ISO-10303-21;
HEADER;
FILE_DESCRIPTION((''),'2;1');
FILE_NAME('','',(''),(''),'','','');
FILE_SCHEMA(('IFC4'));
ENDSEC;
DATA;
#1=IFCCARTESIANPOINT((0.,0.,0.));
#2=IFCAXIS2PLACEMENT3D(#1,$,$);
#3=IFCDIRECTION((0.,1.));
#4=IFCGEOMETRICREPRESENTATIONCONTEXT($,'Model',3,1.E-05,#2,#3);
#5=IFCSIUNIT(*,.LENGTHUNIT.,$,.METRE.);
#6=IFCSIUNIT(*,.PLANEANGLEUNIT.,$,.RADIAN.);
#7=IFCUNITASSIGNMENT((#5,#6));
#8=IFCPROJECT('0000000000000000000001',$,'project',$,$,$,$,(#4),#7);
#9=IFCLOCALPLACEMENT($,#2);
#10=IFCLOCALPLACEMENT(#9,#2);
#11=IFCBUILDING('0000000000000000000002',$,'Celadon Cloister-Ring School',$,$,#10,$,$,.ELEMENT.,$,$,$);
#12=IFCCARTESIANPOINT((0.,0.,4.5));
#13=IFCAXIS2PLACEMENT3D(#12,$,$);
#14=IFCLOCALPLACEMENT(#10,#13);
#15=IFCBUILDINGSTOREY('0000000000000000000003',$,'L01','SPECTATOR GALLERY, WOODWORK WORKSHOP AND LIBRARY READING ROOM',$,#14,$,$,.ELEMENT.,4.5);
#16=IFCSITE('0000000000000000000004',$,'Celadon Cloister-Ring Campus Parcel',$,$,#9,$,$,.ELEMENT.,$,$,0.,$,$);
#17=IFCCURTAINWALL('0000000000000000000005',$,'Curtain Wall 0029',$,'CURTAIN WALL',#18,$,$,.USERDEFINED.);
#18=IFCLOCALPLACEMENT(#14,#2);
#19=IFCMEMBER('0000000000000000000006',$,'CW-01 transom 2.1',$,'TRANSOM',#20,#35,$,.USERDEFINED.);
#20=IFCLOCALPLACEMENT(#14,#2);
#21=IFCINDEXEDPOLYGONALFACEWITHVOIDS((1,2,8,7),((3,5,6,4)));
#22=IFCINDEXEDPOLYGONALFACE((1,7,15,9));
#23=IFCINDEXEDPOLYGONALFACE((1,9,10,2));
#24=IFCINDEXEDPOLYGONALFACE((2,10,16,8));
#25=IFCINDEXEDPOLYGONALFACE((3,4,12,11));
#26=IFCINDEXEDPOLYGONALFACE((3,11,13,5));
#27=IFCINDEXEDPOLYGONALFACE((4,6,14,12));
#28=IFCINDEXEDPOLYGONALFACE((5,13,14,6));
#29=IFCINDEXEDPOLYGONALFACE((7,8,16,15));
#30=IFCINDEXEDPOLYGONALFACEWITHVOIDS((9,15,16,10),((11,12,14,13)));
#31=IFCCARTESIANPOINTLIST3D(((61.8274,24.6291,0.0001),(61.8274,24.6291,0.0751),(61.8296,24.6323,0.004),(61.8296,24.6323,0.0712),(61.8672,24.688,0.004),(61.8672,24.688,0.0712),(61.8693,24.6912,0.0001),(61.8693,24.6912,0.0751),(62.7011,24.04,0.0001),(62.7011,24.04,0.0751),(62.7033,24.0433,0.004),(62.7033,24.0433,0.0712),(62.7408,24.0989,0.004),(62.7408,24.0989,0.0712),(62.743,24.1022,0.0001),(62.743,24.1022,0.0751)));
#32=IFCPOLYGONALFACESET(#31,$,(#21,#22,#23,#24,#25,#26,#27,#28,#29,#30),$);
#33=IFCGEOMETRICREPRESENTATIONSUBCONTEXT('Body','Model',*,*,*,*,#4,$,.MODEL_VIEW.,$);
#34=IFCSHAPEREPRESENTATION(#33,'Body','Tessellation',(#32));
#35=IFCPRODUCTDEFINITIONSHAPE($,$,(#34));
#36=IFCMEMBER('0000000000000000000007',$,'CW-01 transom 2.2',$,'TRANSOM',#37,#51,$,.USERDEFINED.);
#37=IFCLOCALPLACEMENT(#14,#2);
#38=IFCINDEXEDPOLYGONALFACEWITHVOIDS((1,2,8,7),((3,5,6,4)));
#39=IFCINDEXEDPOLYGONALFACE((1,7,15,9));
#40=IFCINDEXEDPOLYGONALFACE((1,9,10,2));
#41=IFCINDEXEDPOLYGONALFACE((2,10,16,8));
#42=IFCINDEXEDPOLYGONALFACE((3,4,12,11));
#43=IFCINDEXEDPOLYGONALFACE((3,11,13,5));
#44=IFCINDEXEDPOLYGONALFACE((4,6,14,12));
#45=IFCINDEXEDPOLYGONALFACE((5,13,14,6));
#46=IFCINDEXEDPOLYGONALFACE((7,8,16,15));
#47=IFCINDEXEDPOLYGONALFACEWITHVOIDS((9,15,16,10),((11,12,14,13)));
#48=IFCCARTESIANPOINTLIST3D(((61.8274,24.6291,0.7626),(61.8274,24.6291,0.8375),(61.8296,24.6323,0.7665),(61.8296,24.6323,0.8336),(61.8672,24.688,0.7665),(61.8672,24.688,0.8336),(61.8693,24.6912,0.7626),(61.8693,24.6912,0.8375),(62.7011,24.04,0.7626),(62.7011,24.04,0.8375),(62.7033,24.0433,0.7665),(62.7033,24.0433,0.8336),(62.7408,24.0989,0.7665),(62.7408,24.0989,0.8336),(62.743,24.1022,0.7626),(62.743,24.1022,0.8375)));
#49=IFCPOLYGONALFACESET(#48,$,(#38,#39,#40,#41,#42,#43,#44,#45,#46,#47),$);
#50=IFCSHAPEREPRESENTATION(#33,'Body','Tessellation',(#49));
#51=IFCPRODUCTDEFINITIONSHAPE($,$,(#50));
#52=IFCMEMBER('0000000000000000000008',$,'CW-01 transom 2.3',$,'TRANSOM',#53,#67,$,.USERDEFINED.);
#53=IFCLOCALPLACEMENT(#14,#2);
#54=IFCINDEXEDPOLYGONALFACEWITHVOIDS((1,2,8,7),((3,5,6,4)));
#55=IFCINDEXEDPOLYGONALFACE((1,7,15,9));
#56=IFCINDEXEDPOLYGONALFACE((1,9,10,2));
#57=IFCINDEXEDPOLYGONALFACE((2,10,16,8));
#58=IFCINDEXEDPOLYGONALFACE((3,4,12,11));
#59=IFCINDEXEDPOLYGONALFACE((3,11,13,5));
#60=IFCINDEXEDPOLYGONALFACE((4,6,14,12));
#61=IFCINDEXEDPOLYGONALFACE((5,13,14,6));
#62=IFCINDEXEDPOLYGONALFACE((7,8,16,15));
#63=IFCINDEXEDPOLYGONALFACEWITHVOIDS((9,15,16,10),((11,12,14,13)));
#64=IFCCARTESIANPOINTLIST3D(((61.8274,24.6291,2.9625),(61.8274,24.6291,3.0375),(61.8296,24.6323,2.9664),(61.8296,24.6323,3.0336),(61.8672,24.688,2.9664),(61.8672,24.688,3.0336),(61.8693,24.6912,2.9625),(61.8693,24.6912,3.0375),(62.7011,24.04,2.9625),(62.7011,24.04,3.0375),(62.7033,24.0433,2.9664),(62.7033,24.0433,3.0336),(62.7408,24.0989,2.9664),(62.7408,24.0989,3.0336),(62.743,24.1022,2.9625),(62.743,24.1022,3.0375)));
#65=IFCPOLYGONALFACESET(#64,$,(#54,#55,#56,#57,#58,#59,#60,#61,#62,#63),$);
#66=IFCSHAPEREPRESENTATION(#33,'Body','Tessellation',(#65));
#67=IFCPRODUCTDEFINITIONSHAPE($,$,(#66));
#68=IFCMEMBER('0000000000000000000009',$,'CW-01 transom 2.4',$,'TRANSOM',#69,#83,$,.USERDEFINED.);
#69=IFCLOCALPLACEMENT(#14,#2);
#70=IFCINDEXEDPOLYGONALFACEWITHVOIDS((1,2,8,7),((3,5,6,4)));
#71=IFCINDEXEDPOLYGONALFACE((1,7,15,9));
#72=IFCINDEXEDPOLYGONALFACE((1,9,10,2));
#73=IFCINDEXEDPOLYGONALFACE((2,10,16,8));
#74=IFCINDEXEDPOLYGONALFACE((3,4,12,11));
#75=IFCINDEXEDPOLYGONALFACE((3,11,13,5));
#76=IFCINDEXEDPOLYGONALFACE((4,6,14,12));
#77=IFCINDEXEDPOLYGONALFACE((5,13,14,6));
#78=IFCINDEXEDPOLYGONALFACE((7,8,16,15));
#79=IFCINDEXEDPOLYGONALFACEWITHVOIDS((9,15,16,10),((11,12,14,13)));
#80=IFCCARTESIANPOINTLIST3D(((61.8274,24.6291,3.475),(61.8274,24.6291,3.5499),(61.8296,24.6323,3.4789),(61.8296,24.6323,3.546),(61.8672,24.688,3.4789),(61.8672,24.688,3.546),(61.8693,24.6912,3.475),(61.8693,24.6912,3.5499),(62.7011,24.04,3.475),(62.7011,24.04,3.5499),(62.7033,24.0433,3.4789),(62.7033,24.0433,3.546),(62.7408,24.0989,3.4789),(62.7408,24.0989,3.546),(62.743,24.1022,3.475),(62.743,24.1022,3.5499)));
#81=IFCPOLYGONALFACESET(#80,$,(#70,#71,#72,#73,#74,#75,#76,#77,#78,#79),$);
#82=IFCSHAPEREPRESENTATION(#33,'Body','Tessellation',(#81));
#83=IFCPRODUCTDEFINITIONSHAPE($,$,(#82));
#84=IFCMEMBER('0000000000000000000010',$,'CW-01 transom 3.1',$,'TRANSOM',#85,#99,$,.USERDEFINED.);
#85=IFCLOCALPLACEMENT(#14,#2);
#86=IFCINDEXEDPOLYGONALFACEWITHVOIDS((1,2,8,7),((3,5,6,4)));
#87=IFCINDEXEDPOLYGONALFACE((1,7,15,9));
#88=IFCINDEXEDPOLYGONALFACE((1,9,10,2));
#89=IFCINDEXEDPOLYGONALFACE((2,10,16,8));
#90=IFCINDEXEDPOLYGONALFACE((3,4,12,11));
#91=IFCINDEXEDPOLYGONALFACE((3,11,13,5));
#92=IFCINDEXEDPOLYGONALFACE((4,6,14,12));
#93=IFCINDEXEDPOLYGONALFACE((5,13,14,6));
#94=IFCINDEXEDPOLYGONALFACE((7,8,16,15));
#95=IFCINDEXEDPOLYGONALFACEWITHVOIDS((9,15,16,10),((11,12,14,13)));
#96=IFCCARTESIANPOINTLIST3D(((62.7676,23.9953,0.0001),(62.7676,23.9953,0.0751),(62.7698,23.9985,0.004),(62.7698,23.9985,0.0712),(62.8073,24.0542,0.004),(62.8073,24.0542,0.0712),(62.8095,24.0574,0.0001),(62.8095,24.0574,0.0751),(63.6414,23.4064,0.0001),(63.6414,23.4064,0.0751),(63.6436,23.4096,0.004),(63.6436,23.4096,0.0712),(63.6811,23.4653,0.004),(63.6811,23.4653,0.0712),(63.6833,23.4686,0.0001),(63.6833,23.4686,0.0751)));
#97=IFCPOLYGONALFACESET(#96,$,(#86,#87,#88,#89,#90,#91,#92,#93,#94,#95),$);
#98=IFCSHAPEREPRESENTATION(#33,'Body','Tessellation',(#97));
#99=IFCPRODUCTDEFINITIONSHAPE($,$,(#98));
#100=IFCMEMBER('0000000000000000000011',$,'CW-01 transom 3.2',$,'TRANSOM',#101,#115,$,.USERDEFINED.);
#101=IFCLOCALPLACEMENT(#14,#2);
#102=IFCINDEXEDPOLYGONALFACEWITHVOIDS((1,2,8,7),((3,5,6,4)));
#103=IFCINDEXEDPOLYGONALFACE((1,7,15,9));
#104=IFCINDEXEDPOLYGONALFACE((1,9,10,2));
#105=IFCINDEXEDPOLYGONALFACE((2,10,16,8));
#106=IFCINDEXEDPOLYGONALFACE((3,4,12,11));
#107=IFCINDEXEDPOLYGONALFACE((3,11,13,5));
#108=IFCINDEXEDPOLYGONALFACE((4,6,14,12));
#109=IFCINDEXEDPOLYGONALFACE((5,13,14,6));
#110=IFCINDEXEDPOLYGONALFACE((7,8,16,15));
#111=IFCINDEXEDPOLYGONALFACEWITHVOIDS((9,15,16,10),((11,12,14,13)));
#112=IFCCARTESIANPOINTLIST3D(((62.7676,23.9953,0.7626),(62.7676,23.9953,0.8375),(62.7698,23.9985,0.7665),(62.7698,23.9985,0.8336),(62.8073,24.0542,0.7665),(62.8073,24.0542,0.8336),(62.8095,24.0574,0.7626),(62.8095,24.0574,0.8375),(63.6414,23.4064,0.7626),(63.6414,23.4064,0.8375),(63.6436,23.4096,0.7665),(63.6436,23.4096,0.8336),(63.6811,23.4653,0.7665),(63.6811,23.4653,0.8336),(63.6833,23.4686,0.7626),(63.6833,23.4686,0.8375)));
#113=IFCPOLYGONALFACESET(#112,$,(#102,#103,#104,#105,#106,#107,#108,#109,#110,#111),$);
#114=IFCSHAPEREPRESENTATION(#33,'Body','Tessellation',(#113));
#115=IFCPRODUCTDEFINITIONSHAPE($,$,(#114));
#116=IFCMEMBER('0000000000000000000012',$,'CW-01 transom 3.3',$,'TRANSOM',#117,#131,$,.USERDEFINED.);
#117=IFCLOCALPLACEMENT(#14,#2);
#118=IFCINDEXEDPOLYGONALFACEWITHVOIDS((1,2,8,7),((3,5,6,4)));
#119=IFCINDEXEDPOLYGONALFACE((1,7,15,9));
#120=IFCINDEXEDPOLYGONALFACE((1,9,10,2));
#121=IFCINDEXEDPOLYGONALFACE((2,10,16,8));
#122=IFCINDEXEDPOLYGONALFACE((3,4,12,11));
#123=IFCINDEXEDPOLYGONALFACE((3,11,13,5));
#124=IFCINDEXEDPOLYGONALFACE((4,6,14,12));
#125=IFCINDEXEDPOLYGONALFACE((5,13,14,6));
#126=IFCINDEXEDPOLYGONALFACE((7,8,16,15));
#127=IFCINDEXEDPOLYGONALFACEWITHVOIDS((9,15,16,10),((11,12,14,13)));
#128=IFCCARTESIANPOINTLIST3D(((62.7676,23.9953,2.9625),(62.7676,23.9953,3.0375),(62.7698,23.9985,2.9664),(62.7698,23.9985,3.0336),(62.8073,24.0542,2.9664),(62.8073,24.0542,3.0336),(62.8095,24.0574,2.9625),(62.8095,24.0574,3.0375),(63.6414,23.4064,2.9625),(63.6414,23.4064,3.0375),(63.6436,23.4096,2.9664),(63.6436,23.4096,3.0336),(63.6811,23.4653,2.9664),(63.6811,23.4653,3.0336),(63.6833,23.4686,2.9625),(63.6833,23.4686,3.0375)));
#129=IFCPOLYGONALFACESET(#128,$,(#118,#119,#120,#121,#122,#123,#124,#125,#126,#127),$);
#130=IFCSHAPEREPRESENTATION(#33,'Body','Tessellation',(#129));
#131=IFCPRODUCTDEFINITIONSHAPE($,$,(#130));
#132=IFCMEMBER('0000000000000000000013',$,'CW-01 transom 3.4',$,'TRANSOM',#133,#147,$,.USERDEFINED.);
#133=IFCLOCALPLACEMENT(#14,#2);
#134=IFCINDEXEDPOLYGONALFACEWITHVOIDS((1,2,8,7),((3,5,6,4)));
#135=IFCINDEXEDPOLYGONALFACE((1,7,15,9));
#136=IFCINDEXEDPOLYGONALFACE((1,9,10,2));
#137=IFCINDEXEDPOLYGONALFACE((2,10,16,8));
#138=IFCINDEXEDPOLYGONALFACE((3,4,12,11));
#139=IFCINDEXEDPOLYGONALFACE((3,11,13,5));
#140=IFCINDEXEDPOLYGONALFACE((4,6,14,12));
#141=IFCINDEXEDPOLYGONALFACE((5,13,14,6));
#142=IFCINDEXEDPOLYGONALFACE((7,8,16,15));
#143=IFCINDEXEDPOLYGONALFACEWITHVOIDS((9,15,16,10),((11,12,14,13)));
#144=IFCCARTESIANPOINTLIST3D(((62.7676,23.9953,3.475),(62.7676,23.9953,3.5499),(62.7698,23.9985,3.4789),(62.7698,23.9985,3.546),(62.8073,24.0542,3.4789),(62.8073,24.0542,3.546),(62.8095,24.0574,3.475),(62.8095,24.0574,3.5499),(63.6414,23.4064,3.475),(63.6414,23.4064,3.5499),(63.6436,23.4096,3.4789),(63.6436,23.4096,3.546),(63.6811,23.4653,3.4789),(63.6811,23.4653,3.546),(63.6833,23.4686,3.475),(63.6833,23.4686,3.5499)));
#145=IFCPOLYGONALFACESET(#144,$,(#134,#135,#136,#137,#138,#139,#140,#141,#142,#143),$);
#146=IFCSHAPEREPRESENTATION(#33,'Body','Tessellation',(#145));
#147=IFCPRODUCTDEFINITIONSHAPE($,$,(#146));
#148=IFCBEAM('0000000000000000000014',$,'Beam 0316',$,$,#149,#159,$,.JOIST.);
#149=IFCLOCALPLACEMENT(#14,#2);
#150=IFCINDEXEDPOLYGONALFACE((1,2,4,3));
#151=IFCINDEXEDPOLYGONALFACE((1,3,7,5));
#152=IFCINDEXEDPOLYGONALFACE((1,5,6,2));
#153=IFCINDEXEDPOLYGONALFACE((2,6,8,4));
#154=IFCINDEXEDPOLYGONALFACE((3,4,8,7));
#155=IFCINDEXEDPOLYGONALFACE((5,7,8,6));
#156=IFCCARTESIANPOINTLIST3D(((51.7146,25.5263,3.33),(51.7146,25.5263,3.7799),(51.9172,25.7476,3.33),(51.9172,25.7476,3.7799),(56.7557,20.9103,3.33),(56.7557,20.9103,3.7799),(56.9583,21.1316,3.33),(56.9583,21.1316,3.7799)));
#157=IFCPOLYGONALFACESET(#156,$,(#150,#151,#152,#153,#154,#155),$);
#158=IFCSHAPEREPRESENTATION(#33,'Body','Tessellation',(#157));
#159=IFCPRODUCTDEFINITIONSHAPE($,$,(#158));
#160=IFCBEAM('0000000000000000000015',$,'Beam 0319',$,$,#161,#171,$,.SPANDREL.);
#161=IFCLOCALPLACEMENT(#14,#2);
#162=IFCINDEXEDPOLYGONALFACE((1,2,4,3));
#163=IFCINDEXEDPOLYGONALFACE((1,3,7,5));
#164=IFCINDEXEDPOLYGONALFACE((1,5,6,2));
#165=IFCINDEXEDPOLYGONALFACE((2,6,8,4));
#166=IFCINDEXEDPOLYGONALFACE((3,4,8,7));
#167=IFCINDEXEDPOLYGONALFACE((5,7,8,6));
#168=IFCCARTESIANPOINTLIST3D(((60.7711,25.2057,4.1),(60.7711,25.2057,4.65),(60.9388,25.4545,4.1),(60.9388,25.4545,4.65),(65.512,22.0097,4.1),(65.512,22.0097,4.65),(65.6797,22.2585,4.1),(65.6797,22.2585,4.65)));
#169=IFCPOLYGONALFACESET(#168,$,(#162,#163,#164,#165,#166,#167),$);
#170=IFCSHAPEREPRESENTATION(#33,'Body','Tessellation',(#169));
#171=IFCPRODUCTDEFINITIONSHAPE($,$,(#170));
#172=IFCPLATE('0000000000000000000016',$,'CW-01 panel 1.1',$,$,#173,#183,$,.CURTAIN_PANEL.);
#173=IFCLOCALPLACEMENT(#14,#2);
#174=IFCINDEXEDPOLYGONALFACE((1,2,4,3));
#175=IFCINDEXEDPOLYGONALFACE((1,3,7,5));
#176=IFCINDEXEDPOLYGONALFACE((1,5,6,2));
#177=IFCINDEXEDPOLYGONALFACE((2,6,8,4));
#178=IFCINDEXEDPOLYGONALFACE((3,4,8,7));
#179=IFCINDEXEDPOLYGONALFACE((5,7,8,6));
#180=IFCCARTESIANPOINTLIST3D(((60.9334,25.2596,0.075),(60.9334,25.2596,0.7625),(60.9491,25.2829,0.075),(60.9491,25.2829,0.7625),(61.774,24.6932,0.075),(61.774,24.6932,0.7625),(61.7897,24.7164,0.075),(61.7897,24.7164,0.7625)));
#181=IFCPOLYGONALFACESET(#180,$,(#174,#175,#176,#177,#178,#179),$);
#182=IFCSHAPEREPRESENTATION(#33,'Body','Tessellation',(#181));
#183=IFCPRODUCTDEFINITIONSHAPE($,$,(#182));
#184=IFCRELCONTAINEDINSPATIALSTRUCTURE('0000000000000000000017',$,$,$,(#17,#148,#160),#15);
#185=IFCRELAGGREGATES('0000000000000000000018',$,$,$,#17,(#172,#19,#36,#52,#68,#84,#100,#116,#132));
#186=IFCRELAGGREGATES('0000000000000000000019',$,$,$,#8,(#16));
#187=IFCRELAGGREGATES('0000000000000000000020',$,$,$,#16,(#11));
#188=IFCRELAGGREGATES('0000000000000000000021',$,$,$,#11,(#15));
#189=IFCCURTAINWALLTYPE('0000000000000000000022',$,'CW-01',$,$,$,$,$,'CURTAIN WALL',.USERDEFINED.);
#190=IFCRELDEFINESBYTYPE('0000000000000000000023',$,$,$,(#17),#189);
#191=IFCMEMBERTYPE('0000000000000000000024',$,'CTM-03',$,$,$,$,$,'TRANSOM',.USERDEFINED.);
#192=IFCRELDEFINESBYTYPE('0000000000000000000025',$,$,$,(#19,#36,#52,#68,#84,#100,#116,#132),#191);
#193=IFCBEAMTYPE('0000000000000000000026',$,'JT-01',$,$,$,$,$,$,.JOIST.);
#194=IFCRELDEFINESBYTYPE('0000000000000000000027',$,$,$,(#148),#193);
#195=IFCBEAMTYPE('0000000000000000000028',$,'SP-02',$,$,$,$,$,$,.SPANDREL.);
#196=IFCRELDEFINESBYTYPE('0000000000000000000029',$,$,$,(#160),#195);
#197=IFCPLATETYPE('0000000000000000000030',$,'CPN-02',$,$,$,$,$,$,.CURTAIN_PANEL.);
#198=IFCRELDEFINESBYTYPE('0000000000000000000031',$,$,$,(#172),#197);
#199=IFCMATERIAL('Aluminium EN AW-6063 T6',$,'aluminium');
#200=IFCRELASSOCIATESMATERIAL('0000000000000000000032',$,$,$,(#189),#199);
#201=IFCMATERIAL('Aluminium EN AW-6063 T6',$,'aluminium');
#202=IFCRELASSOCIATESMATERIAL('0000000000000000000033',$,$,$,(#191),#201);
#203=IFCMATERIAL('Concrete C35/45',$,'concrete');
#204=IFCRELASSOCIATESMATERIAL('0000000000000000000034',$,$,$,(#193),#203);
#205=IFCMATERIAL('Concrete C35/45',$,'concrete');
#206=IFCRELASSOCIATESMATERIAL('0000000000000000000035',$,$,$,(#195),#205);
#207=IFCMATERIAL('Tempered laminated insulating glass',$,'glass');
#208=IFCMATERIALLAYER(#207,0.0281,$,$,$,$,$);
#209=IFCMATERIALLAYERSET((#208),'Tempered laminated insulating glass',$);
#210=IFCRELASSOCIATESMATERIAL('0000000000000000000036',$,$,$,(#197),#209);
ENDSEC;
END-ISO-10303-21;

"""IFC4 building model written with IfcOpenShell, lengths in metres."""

from ifc_helpers import new_model, si_unit, direction, frame, origin, origin_2d, place, context, subcontext, project, spatial, rectangle, hollow_rectangle, extrude, material, layer, layer_set, material_profile, profile_set, type_object, element, aggregate, save


model = new_model("IFC4")

# Units and contexts
model_context = context("Model", 3, precision=1e-05, world=origin(), true_north=direction((0.0, 1.0)))
body_context = subcontext(model_context, "Body", "Model", "MODEL_VIEW")
ifc_project = project(units=[si_unit("LENGTHUNIT", "METRE"), si_unit("PLANEANGLEUNIT", "RADIAN")], contexts=[model_context])

# Site, building, storey
site_placement = place(None, origin())
site = spatial("IfcSite", under=ifc_project, at=site_placement, Name="Celadon Cloister-Ring Campus Parcel", CompositionType="ELEMENT", RefElevation=0.0)
building_placement = place(site_placement, origin())
building = spatial("IfcBuilding", under=site, at=building_placement, Name="Celadon Cloister-Ring School", CompositionType="ELEMENT")
storey_placement = place(building_placement, frame((0.0, 0.0, 4.5)))
storey = spatial("IfcBuildingStorey", under=building, at=storey_placement, Name="L01", Description="SPECTATOR GALLERY, WOODWORK WORKSHOP AND LIBRARY READING ROOM", CompositionType="ELEMENT", Elevation=4.5)

# Curtain wall, members
ifc_material_1 = material(Name="Aluminium EN AW-6063 T6", Category="aluminium")
curtain_wall_type = type_object("IfcCurtainWallType", Name="CW-01", ElementType="CURTAIN WALL", PredefinedType="USERDEFINED", material=ifc_material_1)
curtain_wall_placement = place(storey_placement, origin())
curtain_wall = element("IfcCurtainWall", 1, at=curtain_wall_placement, inside=storey, type_object=curtain_wall_type, Name="Curtain Wall 0029", ObjectType="CURTAIN WALL", PredefinedType="USERDEFINED")
ifc_material_2 = material(Name="Aluminium EN AW-6063 T6", Category="aluminium")
ifc_material_profile_1 = material_profile(ifc_material_2, hollow_rectangle(XDim=0.075, YDim=0.075, WallThickness=0.0039, at=origin_2d()), Name="RHS75X75X4")
ifc_profile_set_1 = profile_set([ifc_material_profile_1], Name="Aluminium EN AW-6063 T6")
member_type_1 = type_object("IfcMemberType", Name="CTM-03", ElementType="TRANSOM", PredefinedType="USERDEFINED", material=ifc_profile_set_1)
member_1_placement = place(storey_placement, frame((61.8484, 24.6602, 0.0376), z_axis=(0.829152, -0.559023, 0.0), x_axis=(0.559023, 0.829152, 0.0)))
member_1 = element("IfcMember", 2, at=member_1_placement, type_object=member_type_1, Name="CW-01 transom 2.1", ObjectType="TRANSOM", PredefinedType="USERDEFINED", context=body_context, shape_type="SweptSolid", body=[
    extrude(hollow_rectangle(XDim=0.075, YDim=0.075, WallThickness=0.0039, at=origin_2d()), origin(), (0.0, 0.0, 1.0), 1.0537),
])
member_2_placement = place(storey_placement, frame((61.8484, 24.6602, 0.8), z_axis=(0.829152, -0.559023, 0.0), x_axis=(0.559023, 0.829152, 0.0)))
member_2 = element("IfcMember", 3, at=member_2_placement, type_object=member_type_1, Name="CW-01 transom 2.2", ObjectType="TRANSOM", PredefinedType="USERDEFINED", context=body_context, shape_type="SweptSolid", body=[
    extrude(hollow_rectangle(XDim=0.075, YDim=0.075, WallThickness=0.0039, at=origin_2d()), origin(), (0.0, 0.0, 1.0), 1.0537),
])
member_3_placement = place(storey_placement, frame((61.8484, 24.6602, 3.0), z_axis=(0.829152, -0.559023, 0.0), x_axis=(0.559023, 0.829152, 0.0)))
member_3 = element("IfcMember", 4, at=member_3_placement, type_object=member_type_1, Name="CW-01 transom 2.3", ObjectType="TRANSOM", PredefinedType="USERDEFINED", context=body_context, shape_type="SweptSolid", body=[
    extrude(hollow_rectangle(XDim=0.075, YDim=0.075, WallThickness=0.0039, at=origin_2d()), origin(), (0.0, 0.0, 1.0), 1.0537),
])
member_4_placement = place(storey_placement, frame((61.8484, 24.6602, 3.5125), z_axis=(0.829152, -0.559023, 0.0), x_axis=(0.559023, 0.829152, 0.0)))
member_4 = element("IfcMember", 5, at=member_4_placement, type_object=member_type_1, Name="CW-01 transom 2.4", ObjectType="TRANSOM", PredefinedType="USERDEFINED", context=body_context, shape_type="SweptSolid", body=[
    extrude(hollow_rectangle(XDim=0.075, YDim=0.075, WallThickness=0.0039, at=origin_2d()), origin(), (0.0, 0.0, 1.0), 1.0537),
])
member_5_placement = place(storey_placement, frame((62.7886, 24.0264, 0.0376), z_axis=(0.829259, -0.558864, 0.0), x_axis=(0.558864, 0.829259, 0.0)))
member_5 = element("IfcMember", 6, at=member_5_placement, type_object=member_type_1, Name="CW-01 transom 3.1", ObjectType="TRANSOM", PredefinedType="USERDEFINED", context=body_context, shape_type="SweptSolid", body=[
    extrude(hollow_rectangle(XDim=0.075, YDim=0.075, WallThickness=0.0039, at=origin_2d()), origin(), (0.0, 0.0, 1.0), 1.0537),
])
member_6_placement = place(storey_placement, frame((62.7886, 24.0264, 0.8), z_axis=(0.829259, -0.558864, 0.0), x_axis=(0.558864, 0.829259, 0.0)))
member_6 = element("IfcMember", 7, at=member_6_placement, type_object=member_type_1, Name="CW-01 transom 3.2", ObjectType="TRANSOM", PredefinedType="USERDEFINED", context=body_context, shape_type="SweptSolid", body=[
    extrude(hollow_rectangle(XDim=0.075, YDim=0.075, WallThickness=0.0039, at=origin_2d()), origin(), (0.0, 0.0, 1.0), 1.0537),
])
member_7_placement = place(storey_placement, frame((62.7886, 24.0264, 3.0), z_axis=(0.829259, -0.558864, 0.0), x_axis=(0.558864, 0.829259, 0.0)))
member_7 = element("IfcMember", 8, at=member_7_placement, type_object=member_type_1, Name="CW-01 transom 3.3", ObjectType="TRANSOM", PredefinedType="USERDEFINED", context=body_context, shape_type="SweptSolid", body=[
    extrude(hollow_rectangle(XDim=0.075, YDim=0.075, WallThickness=0.0039, at=origin_2d()), origin(), (0.0, 0.0, 1.0), 1.0537),
])
member_8_placement = place(storey_placement, frame((62.7886, 24.0264, 3.5125), z_axis=(0.829259, -0.558864, 0.0), x_axis=(0.558864, 0.829259, 0.0)))
member_8 = element("IfcMember", 9, at=member_8_placement, type_object=member_type_1, Name="CW-01 transom 3.4", ObjectType="TRANSOM", PredefinedType="USERDEFINED", context=body_context, shape_type="SweptSolid", body=[
    extrude(hollow_rectangle(XDim=0.075, YDim=0.075, WallThickness=0.0039, at=origin_2d()), origin(), (0.0, 0.0, 1.0), 1.0537),
])

# Beams
ifc_material_3 = material(Name="Concrete C35/45", Category="concrete")
ifc_material_profile_2 = material_profile(ifc_material_3, rectangle(XDim=0.3, YDim=0.45, at=origin_2d()), Name="RC300X450")
ifc_profile_set_2 = profile_set([ifc_material_profile_2], Name="Concrete C35/45")
beam_type_1 = type_object("IfcBeamType", Name="JT-01", PredefinedType="JOIST", material=ifc_profile_set_2)
beam_1_placement = place(storey_placement, frame((51.8159, 25.637, 3.5549), z_axis=(0.737516, -0.67533, 0.0), x_axis=(0.67533, 0.737516, 0.0)))
element("IfcBeam", 10, at=beam_1_placement, inside=storey, type_object=beam_type_1, Name="Beam 0316", PredefinedType="JOIST", context=body_context, shape_type="SweptSolid", body=[
    extrude(rectangle(XDim=0.3, YDim=0.45, at=origin_2d()), origin(), (0.0, 0.0, 1.0), 6.8352),
])
ifc_material_4 = material(Name="Concrete C35/45", Category="concrete")
ifc_material_profile_3 = material_profile(ifc_material_4, rectangle(XDim=0.3, YDim=0.55, at=origin_2d()), Name="RC300X550")
ifc_profile_set_3 = profile_set([ifc_material_profile_3], Name="Concrete C35/45")
beam_type_2 = type_object("IfcBeamType", Name="SP-02", PredefinedType="SPANDREL", material=ifc_profile_set_3)
beam_2_placement = place(storey_placement, frame((60.855, 25.3301, 4.375), z_axis=(0.829182, -0.558979, 0.0), x_axis=(0.558979, 0.829182, 0.0)))
element("IfcBeam", 11, at=beam_2_placement, inside=storey, type_object=beam_type_2, Name="Beam 0319", PredefinedType="SPANDREL", context=body_context, shape_type="SweptSolid", body=[
    extrude(rectangle(XDim=0.3, YDim=0.55, at=origin_2d()), origin(), (0.0, 0.0, 1.0), 5.7175),
])

# Plate
ifc_material_5 = material(Name="Tempered laminated insulating glass", Category="glass")
ifc_layer_1 = layer(ifc_material_5, 0.0281)
ifc_layer_set_1 = layer_set([ifc_layer_1], Name="Tempered laminated insulating glass")
plate_type = type_object("IfcPlateType", Name="CPN-02", PredefinedType="CURTAIN_PANEL", material=ifc_layer_set_1)
plate_1_placement = place(storey_placement, frame((61.3616, 24.988, 0.075), z_axis=(0.0, 0.0, 1.0), x_axis=(0.829272, -0.558846, 0.0)))
plate_1 = element("IfcPlate", 12, at=plate_1_placement, type_object=plate_type, Name="CW-01 panel 1.1", PredefinedType="CURTAIN_PANEL", context=body_context, shape_type="SweptSolid", body=[
    extrude(rectangle(XDim=1.0137, YDim=0.0281, at=origin_2d()), origin(), (0.0, 0.0, 1.0), 0.6875),
])
aggregate(curtain_wall, [plate_1, member_1, member_2, member_3, member_4, member_5, member_6, member_7, member_8])

save(model, "model.ifc")
